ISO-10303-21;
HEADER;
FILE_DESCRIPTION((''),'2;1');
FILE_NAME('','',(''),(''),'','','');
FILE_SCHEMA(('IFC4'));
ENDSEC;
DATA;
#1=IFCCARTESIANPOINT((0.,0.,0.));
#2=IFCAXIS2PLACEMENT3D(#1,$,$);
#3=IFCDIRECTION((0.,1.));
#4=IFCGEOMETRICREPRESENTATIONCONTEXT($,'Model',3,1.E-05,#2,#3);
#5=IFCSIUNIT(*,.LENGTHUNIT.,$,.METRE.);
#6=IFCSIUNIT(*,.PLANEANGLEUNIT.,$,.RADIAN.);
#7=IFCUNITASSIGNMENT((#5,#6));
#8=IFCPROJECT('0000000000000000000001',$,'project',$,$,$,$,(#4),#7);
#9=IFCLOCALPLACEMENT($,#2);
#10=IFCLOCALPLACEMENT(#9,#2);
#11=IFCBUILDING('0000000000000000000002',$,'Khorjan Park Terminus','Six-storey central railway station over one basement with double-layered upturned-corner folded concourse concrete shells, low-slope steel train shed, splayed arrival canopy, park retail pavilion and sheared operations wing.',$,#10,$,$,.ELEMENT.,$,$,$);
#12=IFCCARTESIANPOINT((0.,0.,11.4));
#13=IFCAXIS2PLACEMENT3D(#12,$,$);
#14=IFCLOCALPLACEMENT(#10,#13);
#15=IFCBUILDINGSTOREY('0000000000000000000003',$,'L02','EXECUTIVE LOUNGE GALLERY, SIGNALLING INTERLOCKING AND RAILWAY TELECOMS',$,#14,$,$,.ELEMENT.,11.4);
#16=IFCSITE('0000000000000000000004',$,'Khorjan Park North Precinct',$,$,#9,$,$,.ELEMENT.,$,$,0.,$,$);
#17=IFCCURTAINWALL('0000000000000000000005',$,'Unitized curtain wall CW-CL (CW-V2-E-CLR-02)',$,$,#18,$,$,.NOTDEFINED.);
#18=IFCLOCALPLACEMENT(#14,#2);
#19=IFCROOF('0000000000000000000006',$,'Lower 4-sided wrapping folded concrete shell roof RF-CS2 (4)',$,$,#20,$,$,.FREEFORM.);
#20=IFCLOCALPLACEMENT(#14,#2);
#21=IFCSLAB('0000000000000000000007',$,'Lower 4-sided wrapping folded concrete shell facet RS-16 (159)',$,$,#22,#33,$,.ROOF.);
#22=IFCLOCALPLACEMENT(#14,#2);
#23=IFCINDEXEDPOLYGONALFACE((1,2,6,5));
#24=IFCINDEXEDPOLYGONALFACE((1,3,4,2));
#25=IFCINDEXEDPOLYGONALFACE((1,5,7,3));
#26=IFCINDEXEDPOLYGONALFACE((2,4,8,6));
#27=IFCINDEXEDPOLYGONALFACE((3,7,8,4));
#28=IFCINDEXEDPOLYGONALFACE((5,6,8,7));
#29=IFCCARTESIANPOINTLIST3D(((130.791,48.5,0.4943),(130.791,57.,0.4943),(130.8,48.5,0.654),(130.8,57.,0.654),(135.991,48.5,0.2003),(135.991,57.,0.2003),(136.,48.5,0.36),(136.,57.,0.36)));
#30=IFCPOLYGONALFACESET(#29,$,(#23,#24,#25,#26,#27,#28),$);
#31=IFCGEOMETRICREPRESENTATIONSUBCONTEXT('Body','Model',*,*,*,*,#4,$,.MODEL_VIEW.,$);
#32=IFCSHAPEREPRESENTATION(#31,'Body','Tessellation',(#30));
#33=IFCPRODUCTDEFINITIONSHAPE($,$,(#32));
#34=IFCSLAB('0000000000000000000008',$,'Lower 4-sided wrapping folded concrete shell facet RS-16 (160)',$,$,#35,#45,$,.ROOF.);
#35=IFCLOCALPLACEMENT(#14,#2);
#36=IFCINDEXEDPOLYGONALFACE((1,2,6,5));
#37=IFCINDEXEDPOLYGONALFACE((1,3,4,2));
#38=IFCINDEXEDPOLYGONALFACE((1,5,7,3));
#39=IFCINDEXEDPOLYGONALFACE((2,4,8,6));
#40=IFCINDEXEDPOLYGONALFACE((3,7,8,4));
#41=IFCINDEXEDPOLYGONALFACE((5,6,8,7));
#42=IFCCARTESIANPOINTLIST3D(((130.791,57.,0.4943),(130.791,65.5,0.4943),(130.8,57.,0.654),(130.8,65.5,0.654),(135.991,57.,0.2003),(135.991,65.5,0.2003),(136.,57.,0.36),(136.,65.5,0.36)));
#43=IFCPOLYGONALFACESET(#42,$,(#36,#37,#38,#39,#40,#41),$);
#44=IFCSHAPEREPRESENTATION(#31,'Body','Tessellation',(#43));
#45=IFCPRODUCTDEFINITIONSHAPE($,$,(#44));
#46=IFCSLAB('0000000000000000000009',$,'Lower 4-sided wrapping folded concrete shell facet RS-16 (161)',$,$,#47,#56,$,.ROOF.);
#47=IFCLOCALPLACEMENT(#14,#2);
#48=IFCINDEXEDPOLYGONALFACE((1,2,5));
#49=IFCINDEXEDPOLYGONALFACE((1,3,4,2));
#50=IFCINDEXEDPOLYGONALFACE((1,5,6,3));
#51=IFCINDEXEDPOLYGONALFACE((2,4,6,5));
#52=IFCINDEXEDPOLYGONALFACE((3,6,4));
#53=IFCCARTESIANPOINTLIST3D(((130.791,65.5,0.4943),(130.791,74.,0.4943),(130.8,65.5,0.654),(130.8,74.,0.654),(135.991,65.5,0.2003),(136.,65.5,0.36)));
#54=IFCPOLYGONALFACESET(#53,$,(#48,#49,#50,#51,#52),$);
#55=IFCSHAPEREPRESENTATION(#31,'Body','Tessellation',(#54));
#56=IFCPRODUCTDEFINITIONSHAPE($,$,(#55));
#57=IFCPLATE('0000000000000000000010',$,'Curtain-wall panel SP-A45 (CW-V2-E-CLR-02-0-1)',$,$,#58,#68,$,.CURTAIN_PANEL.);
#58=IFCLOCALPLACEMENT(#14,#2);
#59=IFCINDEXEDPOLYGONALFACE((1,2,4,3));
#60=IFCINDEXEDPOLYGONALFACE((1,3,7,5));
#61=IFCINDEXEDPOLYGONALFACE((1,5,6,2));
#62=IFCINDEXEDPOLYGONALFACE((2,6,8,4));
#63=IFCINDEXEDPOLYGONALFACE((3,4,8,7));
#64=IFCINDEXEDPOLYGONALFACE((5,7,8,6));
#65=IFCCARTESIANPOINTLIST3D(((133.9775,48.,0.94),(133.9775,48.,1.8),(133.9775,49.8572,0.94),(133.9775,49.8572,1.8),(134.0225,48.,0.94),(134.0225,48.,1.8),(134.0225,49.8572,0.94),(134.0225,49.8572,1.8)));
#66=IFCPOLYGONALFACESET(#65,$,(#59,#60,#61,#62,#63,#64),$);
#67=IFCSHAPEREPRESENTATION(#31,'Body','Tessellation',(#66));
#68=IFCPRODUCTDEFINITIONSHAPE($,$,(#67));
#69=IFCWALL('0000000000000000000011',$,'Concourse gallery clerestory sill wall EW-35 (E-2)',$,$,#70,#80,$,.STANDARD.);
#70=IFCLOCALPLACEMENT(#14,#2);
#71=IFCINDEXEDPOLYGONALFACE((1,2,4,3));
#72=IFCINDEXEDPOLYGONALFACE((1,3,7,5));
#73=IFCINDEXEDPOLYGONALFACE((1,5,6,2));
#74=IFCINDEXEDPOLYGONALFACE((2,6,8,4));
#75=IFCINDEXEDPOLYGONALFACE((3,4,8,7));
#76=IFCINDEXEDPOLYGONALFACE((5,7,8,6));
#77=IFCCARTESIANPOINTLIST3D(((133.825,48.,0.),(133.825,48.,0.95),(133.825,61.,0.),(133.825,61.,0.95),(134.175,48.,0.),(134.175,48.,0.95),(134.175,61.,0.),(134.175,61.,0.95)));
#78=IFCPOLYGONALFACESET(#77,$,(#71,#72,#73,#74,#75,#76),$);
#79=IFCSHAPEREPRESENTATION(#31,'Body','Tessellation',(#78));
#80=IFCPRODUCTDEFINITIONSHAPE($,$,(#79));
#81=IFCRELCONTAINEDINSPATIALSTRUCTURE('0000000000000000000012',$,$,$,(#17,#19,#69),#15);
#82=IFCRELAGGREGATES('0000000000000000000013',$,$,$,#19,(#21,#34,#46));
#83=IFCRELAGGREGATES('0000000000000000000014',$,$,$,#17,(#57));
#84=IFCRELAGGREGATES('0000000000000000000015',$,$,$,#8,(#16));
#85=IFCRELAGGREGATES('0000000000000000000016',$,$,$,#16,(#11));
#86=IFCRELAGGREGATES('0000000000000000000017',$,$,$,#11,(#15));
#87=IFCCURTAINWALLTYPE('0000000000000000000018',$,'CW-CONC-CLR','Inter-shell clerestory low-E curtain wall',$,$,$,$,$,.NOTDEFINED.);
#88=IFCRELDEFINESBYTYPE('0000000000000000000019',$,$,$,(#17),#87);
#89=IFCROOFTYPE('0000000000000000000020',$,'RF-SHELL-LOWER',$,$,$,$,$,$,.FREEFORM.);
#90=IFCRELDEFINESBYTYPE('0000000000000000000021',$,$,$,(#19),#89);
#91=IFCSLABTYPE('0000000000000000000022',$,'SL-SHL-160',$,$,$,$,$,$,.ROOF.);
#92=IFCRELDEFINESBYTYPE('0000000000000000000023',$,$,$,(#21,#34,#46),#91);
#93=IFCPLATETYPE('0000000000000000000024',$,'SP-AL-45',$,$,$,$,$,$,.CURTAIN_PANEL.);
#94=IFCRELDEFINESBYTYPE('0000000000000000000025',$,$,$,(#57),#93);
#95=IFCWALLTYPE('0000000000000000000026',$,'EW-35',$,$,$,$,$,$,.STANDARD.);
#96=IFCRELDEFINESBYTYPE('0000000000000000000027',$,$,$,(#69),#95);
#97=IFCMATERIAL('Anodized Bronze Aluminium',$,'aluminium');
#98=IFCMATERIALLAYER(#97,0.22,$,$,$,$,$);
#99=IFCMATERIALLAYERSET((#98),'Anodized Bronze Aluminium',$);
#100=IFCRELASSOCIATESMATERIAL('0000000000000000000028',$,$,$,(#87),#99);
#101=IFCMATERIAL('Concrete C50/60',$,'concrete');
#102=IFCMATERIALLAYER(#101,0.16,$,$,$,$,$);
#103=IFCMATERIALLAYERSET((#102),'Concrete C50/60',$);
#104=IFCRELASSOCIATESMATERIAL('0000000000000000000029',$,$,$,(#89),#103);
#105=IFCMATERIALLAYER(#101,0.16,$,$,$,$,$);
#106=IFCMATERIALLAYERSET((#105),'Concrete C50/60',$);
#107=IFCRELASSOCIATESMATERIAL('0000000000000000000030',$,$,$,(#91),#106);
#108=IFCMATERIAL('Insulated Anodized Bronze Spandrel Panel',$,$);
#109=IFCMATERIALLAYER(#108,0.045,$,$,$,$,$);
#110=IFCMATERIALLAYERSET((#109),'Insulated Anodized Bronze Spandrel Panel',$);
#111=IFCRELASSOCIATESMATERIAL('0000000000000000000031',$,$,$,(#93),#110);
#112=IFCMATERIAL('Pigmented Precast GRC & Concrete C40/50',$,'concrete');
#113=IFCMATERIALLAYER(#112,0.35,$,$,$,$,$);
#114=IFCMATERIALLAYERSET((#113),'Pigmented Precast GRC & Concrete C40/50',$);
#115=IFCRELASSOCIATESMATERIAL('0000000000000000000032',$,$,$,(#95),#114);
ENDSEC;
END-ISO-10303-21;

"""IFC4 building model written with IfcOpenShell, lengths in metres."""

from ifc_helpers import new_model, si_unit, direction, frame, frame_2d, origin, origin_2d, place, context, subcontext, project, spatial, polyline, rectangle, outline, extrude, material, layer, layer_set, type_object, element, aggregate, save


model = new_model("IFC4")

# Units and contexts
model_context = context("Model", 3, precision=1e-05, world=origin(), true_north=direction((0.0, 1.0)))
body_context = subcontext(model_context, "Body", "Model", "MODEL_VIEW")
ifc_project = project(units=[si_unit("LENGTHUNIT", "METRE"), si_unit("PLANEANGLEUNIT", "RADIAN")], contexts=[model_context])

# Site, building, storey
site_placement = place(None, origin())
site = spatial("IfcSite", under=ifc_project, at=site_placement, Name="Khorjan Park North Precinct", CompositionType="ELEMENT", RefElevation=0.0)
building_placement = place(site_placement, origin())
building = spatial("IfcBuilding", under=site, at=building_placement, Name="Khorjan Park Terminus", Description="Six-storey central railway station over one basement with double-layered upturned-corner folded concourse concrete shells, low-slope steel train shed, splayed arrival canopy, park retail pavilion and sheared operations wing.", CompositionType="ELEMENT")
storey_placement = place(building_placement, frame((0.0, 0.0, 11.4)))
storey = spatial("IfcBuildingStorey", under=building, at=storey_placement, Name="L02", Description="EXECUTIVE LOUNGE GALLERY, SIGNALLING INTERLOCKING AND RAILWAY TELECOMS", CompositionType="ELEMENT", Elevation=11.4)

# Shared definitions
ifc_material_1 = material(Name="Anodized Bronze Aluminium", Category="aluminium")
ifc_layer_1 = layer(ifc_material_1, 0.22)
ifc_layer_set_1 = layer_set([ifc_layer_1], Name="Anodized Bronze Aluminium")
curtain_wall_type = type_object("IfcCurtainWallType", Name="CW-CONC-CLR", Description="Inter-shell clerestory low-E curtain wall", PredefinedType="NOTDEFINED", material=ifc_layer_set_1)

# Curtain wall
curtain_wall_1_placement = place(storey_placement, origin())
curtain_wall_1 = element("IfcCurtainWall", 1, at=curtain_wall_1_placement, inside=storey, type_object=curtain_wall_type, Name="Unitized curtain wall CW-CL (CW-V2-E-CLR-02)", PredefinedType="NOTDEFINED")

# Roof, slabs
ifc_material_2 = material(Name="Concrete C50/60", Category="concrete")
ifc_layer_2 = layer(ifc_material_2, 0.16)
ifc_layer_set_2 = layer_set([ifc_layer_2], Name="Concrete C50/60")
roof_type = type_object("IfcRoofType", Name="RF-SHELL-LOWER", PredefinedType="FREEFORM", material=ifc_layer_set_2)
roof_placement = place(storey_placement, origin())
roof = element("IfcRoof", 2, at=roof_placement, inside=storey, type_object=roof_type, Name="Lower 4-sided wrapping folded concrete shell roof RF-CS2 (4)", PredefinedType="FREEFORM")
ifc_layer_3 = layer(ifc_material_2, 0.16)
ifc_layer_set_3 = layer_set([ifc_layer_3], Name="Concrete C50/60")
slab_type = type_object("IfcSlabType", Name="SL-SHL-160", PredefinedType="ROOF", material=ifc_layer_set_3)
slab_1_placement = place(storey_placement, frame((130.8, 48.5, 0.654), z_axis=(0.056448, 0.0, 0.998406), x_axis=(0.998406, 0.0, -0.056448)))
slab_1 = element("IfcSlab", 3, at=slab_1_placement, type_object=slab_type, Name="Lower 4-sided wrapping folded concrete shell facet RS-16 (159)", PredefinedType="ROOF", context=body_context, shape_type="SweptSolid", body=[
    extrude(outline(polyline([(0.0, 0.0), (5.2083, 0.0), (5.2083, 8.5), (0.0, 8.5), (0.0, 0.0)])), origin(), (0.0, 0.0, -1.0), 0.16),
])
slab_2_placement = place(storey_placement, frame((130.8, 57.0, 0.654), z_axis=(0.056448, 0.0, 0.998406), x_axis=(0.998406, 0.0, -0.056448)))
slab_2 = element("IfcSlab", 4, at=slab_2_placement, type_object=slab_type, Name="Lower 4-sided wrapping folded concrete shell facet RS-16 (160)", PredefinedType="ROOF", context=body_context, shape_type="SweptSolid", body=[
    extrude(outline(polyline([(0.0, 0.0), (5.2083, 0.0), (5.2083, 8.5), (0.0, 8.5), (0.0, 0.0)])), origin(), (0.0, 0.0, -1.0), 0.16),
])
slab_3_placement = place(storey_placement, frame((130.8, 65.5, 0.654), z_axis=(0.056448, 0.0, 0.998406), x_axis=(0.998406, 0.0, -0.056448)))
slab_3 = element("IfcSlab", 5, at=slab_3_placement, type_object=slab_type, Name="Lower 4-sided wrapping folded concrete shell facet RS-16 (161)", PredefinedType="ROOF", context=body_context, shape_type="SweptSolid", body=[
    extrude(outline(polyline([(0.0, 0.0), (5.2083, 0.0), (0.0, 8.5), (0.0, 0.0)])), origin(), (0.0, 0.0, -1.0), 0.16),
])
aggregate(roof, [slab_1, slab_2, slab_3])

# Plate
ifc_material_3 = material(Name="Insulated Anodized Bronze Spandrel Panel")
ifc_layer_4 = layer(ifc_material_3, 0.045)
ifc_layer_set_4 = layer_set([ifc_layer_4], Name="Insulated Anodized Bronze Spandrel Panel")
plate_type_1 = type_object("IfcPlateType", Name="SP-AL-45", PredefinedType="CURTAIN_PANEL", material=ifc_layer_set_4)
plate_1_placement = place(storey_placement, frame((134.0, 48.9286, 0.94), z_axis=(0.0, 0.0, 1.0), x_axis=(0.0, 1.0, 0.0)))
plate_1 = element("IfcPlate", 6, at=plate_1_placement, type_object=plate_type_1, Name="Curtain-wall panel SP-A45 (CW-V2-E-CLR-02-0-1)", PredefinedType="CURTAIN_PANEL", context=body_context, shape_type="SweptSolid", body=[
    extrude(rectangle(XDim=1.8571, YDim=0.045, at=origin_2d()), origin(), (0.0, 0.0, 1.0), 0.86),
])
aggregate(curtain_wall_1, [plate_1])

# Wall
ifc_material_4 = material(Name="Pigmented Precast GRC & Concrete C40/50", Category="concrete")
ifc_layer_5 = layer(ifc_material_4, 0.35)
ifc_layer_set_5 = layer_set([ifc_layer_5], Name="Pigmented Precast GRC & Concrete C40/50")
wall_type = type_object("IfcWallType", Name="EW-35", PredefinedType="STANDARD", material=ifc_layer_set_5)
wall_placement = place(storey_placement, frame((134.0, 48.0, 0.0), z_axis=(0.0, 0.0, 1.0), x_axis=(0.0, 1.0, 0.0)))
element("IfcWall", 7, at=wall_placement, inside=storey, type_object=wall_type, Name="Concourse gallery clerestory sill wall EW-35 (E-2)", PredefinedType="STANDARD", context=body_context, shape_type="SweptSolid", body=[
    extrude(rectangle(XDim=13.0, YDim=0.35, at=frame_2d((6.5, 0.0))), origin(), (0.0, 0.0, 1.0), 0.95),
])

save(model, "model.ifc")
